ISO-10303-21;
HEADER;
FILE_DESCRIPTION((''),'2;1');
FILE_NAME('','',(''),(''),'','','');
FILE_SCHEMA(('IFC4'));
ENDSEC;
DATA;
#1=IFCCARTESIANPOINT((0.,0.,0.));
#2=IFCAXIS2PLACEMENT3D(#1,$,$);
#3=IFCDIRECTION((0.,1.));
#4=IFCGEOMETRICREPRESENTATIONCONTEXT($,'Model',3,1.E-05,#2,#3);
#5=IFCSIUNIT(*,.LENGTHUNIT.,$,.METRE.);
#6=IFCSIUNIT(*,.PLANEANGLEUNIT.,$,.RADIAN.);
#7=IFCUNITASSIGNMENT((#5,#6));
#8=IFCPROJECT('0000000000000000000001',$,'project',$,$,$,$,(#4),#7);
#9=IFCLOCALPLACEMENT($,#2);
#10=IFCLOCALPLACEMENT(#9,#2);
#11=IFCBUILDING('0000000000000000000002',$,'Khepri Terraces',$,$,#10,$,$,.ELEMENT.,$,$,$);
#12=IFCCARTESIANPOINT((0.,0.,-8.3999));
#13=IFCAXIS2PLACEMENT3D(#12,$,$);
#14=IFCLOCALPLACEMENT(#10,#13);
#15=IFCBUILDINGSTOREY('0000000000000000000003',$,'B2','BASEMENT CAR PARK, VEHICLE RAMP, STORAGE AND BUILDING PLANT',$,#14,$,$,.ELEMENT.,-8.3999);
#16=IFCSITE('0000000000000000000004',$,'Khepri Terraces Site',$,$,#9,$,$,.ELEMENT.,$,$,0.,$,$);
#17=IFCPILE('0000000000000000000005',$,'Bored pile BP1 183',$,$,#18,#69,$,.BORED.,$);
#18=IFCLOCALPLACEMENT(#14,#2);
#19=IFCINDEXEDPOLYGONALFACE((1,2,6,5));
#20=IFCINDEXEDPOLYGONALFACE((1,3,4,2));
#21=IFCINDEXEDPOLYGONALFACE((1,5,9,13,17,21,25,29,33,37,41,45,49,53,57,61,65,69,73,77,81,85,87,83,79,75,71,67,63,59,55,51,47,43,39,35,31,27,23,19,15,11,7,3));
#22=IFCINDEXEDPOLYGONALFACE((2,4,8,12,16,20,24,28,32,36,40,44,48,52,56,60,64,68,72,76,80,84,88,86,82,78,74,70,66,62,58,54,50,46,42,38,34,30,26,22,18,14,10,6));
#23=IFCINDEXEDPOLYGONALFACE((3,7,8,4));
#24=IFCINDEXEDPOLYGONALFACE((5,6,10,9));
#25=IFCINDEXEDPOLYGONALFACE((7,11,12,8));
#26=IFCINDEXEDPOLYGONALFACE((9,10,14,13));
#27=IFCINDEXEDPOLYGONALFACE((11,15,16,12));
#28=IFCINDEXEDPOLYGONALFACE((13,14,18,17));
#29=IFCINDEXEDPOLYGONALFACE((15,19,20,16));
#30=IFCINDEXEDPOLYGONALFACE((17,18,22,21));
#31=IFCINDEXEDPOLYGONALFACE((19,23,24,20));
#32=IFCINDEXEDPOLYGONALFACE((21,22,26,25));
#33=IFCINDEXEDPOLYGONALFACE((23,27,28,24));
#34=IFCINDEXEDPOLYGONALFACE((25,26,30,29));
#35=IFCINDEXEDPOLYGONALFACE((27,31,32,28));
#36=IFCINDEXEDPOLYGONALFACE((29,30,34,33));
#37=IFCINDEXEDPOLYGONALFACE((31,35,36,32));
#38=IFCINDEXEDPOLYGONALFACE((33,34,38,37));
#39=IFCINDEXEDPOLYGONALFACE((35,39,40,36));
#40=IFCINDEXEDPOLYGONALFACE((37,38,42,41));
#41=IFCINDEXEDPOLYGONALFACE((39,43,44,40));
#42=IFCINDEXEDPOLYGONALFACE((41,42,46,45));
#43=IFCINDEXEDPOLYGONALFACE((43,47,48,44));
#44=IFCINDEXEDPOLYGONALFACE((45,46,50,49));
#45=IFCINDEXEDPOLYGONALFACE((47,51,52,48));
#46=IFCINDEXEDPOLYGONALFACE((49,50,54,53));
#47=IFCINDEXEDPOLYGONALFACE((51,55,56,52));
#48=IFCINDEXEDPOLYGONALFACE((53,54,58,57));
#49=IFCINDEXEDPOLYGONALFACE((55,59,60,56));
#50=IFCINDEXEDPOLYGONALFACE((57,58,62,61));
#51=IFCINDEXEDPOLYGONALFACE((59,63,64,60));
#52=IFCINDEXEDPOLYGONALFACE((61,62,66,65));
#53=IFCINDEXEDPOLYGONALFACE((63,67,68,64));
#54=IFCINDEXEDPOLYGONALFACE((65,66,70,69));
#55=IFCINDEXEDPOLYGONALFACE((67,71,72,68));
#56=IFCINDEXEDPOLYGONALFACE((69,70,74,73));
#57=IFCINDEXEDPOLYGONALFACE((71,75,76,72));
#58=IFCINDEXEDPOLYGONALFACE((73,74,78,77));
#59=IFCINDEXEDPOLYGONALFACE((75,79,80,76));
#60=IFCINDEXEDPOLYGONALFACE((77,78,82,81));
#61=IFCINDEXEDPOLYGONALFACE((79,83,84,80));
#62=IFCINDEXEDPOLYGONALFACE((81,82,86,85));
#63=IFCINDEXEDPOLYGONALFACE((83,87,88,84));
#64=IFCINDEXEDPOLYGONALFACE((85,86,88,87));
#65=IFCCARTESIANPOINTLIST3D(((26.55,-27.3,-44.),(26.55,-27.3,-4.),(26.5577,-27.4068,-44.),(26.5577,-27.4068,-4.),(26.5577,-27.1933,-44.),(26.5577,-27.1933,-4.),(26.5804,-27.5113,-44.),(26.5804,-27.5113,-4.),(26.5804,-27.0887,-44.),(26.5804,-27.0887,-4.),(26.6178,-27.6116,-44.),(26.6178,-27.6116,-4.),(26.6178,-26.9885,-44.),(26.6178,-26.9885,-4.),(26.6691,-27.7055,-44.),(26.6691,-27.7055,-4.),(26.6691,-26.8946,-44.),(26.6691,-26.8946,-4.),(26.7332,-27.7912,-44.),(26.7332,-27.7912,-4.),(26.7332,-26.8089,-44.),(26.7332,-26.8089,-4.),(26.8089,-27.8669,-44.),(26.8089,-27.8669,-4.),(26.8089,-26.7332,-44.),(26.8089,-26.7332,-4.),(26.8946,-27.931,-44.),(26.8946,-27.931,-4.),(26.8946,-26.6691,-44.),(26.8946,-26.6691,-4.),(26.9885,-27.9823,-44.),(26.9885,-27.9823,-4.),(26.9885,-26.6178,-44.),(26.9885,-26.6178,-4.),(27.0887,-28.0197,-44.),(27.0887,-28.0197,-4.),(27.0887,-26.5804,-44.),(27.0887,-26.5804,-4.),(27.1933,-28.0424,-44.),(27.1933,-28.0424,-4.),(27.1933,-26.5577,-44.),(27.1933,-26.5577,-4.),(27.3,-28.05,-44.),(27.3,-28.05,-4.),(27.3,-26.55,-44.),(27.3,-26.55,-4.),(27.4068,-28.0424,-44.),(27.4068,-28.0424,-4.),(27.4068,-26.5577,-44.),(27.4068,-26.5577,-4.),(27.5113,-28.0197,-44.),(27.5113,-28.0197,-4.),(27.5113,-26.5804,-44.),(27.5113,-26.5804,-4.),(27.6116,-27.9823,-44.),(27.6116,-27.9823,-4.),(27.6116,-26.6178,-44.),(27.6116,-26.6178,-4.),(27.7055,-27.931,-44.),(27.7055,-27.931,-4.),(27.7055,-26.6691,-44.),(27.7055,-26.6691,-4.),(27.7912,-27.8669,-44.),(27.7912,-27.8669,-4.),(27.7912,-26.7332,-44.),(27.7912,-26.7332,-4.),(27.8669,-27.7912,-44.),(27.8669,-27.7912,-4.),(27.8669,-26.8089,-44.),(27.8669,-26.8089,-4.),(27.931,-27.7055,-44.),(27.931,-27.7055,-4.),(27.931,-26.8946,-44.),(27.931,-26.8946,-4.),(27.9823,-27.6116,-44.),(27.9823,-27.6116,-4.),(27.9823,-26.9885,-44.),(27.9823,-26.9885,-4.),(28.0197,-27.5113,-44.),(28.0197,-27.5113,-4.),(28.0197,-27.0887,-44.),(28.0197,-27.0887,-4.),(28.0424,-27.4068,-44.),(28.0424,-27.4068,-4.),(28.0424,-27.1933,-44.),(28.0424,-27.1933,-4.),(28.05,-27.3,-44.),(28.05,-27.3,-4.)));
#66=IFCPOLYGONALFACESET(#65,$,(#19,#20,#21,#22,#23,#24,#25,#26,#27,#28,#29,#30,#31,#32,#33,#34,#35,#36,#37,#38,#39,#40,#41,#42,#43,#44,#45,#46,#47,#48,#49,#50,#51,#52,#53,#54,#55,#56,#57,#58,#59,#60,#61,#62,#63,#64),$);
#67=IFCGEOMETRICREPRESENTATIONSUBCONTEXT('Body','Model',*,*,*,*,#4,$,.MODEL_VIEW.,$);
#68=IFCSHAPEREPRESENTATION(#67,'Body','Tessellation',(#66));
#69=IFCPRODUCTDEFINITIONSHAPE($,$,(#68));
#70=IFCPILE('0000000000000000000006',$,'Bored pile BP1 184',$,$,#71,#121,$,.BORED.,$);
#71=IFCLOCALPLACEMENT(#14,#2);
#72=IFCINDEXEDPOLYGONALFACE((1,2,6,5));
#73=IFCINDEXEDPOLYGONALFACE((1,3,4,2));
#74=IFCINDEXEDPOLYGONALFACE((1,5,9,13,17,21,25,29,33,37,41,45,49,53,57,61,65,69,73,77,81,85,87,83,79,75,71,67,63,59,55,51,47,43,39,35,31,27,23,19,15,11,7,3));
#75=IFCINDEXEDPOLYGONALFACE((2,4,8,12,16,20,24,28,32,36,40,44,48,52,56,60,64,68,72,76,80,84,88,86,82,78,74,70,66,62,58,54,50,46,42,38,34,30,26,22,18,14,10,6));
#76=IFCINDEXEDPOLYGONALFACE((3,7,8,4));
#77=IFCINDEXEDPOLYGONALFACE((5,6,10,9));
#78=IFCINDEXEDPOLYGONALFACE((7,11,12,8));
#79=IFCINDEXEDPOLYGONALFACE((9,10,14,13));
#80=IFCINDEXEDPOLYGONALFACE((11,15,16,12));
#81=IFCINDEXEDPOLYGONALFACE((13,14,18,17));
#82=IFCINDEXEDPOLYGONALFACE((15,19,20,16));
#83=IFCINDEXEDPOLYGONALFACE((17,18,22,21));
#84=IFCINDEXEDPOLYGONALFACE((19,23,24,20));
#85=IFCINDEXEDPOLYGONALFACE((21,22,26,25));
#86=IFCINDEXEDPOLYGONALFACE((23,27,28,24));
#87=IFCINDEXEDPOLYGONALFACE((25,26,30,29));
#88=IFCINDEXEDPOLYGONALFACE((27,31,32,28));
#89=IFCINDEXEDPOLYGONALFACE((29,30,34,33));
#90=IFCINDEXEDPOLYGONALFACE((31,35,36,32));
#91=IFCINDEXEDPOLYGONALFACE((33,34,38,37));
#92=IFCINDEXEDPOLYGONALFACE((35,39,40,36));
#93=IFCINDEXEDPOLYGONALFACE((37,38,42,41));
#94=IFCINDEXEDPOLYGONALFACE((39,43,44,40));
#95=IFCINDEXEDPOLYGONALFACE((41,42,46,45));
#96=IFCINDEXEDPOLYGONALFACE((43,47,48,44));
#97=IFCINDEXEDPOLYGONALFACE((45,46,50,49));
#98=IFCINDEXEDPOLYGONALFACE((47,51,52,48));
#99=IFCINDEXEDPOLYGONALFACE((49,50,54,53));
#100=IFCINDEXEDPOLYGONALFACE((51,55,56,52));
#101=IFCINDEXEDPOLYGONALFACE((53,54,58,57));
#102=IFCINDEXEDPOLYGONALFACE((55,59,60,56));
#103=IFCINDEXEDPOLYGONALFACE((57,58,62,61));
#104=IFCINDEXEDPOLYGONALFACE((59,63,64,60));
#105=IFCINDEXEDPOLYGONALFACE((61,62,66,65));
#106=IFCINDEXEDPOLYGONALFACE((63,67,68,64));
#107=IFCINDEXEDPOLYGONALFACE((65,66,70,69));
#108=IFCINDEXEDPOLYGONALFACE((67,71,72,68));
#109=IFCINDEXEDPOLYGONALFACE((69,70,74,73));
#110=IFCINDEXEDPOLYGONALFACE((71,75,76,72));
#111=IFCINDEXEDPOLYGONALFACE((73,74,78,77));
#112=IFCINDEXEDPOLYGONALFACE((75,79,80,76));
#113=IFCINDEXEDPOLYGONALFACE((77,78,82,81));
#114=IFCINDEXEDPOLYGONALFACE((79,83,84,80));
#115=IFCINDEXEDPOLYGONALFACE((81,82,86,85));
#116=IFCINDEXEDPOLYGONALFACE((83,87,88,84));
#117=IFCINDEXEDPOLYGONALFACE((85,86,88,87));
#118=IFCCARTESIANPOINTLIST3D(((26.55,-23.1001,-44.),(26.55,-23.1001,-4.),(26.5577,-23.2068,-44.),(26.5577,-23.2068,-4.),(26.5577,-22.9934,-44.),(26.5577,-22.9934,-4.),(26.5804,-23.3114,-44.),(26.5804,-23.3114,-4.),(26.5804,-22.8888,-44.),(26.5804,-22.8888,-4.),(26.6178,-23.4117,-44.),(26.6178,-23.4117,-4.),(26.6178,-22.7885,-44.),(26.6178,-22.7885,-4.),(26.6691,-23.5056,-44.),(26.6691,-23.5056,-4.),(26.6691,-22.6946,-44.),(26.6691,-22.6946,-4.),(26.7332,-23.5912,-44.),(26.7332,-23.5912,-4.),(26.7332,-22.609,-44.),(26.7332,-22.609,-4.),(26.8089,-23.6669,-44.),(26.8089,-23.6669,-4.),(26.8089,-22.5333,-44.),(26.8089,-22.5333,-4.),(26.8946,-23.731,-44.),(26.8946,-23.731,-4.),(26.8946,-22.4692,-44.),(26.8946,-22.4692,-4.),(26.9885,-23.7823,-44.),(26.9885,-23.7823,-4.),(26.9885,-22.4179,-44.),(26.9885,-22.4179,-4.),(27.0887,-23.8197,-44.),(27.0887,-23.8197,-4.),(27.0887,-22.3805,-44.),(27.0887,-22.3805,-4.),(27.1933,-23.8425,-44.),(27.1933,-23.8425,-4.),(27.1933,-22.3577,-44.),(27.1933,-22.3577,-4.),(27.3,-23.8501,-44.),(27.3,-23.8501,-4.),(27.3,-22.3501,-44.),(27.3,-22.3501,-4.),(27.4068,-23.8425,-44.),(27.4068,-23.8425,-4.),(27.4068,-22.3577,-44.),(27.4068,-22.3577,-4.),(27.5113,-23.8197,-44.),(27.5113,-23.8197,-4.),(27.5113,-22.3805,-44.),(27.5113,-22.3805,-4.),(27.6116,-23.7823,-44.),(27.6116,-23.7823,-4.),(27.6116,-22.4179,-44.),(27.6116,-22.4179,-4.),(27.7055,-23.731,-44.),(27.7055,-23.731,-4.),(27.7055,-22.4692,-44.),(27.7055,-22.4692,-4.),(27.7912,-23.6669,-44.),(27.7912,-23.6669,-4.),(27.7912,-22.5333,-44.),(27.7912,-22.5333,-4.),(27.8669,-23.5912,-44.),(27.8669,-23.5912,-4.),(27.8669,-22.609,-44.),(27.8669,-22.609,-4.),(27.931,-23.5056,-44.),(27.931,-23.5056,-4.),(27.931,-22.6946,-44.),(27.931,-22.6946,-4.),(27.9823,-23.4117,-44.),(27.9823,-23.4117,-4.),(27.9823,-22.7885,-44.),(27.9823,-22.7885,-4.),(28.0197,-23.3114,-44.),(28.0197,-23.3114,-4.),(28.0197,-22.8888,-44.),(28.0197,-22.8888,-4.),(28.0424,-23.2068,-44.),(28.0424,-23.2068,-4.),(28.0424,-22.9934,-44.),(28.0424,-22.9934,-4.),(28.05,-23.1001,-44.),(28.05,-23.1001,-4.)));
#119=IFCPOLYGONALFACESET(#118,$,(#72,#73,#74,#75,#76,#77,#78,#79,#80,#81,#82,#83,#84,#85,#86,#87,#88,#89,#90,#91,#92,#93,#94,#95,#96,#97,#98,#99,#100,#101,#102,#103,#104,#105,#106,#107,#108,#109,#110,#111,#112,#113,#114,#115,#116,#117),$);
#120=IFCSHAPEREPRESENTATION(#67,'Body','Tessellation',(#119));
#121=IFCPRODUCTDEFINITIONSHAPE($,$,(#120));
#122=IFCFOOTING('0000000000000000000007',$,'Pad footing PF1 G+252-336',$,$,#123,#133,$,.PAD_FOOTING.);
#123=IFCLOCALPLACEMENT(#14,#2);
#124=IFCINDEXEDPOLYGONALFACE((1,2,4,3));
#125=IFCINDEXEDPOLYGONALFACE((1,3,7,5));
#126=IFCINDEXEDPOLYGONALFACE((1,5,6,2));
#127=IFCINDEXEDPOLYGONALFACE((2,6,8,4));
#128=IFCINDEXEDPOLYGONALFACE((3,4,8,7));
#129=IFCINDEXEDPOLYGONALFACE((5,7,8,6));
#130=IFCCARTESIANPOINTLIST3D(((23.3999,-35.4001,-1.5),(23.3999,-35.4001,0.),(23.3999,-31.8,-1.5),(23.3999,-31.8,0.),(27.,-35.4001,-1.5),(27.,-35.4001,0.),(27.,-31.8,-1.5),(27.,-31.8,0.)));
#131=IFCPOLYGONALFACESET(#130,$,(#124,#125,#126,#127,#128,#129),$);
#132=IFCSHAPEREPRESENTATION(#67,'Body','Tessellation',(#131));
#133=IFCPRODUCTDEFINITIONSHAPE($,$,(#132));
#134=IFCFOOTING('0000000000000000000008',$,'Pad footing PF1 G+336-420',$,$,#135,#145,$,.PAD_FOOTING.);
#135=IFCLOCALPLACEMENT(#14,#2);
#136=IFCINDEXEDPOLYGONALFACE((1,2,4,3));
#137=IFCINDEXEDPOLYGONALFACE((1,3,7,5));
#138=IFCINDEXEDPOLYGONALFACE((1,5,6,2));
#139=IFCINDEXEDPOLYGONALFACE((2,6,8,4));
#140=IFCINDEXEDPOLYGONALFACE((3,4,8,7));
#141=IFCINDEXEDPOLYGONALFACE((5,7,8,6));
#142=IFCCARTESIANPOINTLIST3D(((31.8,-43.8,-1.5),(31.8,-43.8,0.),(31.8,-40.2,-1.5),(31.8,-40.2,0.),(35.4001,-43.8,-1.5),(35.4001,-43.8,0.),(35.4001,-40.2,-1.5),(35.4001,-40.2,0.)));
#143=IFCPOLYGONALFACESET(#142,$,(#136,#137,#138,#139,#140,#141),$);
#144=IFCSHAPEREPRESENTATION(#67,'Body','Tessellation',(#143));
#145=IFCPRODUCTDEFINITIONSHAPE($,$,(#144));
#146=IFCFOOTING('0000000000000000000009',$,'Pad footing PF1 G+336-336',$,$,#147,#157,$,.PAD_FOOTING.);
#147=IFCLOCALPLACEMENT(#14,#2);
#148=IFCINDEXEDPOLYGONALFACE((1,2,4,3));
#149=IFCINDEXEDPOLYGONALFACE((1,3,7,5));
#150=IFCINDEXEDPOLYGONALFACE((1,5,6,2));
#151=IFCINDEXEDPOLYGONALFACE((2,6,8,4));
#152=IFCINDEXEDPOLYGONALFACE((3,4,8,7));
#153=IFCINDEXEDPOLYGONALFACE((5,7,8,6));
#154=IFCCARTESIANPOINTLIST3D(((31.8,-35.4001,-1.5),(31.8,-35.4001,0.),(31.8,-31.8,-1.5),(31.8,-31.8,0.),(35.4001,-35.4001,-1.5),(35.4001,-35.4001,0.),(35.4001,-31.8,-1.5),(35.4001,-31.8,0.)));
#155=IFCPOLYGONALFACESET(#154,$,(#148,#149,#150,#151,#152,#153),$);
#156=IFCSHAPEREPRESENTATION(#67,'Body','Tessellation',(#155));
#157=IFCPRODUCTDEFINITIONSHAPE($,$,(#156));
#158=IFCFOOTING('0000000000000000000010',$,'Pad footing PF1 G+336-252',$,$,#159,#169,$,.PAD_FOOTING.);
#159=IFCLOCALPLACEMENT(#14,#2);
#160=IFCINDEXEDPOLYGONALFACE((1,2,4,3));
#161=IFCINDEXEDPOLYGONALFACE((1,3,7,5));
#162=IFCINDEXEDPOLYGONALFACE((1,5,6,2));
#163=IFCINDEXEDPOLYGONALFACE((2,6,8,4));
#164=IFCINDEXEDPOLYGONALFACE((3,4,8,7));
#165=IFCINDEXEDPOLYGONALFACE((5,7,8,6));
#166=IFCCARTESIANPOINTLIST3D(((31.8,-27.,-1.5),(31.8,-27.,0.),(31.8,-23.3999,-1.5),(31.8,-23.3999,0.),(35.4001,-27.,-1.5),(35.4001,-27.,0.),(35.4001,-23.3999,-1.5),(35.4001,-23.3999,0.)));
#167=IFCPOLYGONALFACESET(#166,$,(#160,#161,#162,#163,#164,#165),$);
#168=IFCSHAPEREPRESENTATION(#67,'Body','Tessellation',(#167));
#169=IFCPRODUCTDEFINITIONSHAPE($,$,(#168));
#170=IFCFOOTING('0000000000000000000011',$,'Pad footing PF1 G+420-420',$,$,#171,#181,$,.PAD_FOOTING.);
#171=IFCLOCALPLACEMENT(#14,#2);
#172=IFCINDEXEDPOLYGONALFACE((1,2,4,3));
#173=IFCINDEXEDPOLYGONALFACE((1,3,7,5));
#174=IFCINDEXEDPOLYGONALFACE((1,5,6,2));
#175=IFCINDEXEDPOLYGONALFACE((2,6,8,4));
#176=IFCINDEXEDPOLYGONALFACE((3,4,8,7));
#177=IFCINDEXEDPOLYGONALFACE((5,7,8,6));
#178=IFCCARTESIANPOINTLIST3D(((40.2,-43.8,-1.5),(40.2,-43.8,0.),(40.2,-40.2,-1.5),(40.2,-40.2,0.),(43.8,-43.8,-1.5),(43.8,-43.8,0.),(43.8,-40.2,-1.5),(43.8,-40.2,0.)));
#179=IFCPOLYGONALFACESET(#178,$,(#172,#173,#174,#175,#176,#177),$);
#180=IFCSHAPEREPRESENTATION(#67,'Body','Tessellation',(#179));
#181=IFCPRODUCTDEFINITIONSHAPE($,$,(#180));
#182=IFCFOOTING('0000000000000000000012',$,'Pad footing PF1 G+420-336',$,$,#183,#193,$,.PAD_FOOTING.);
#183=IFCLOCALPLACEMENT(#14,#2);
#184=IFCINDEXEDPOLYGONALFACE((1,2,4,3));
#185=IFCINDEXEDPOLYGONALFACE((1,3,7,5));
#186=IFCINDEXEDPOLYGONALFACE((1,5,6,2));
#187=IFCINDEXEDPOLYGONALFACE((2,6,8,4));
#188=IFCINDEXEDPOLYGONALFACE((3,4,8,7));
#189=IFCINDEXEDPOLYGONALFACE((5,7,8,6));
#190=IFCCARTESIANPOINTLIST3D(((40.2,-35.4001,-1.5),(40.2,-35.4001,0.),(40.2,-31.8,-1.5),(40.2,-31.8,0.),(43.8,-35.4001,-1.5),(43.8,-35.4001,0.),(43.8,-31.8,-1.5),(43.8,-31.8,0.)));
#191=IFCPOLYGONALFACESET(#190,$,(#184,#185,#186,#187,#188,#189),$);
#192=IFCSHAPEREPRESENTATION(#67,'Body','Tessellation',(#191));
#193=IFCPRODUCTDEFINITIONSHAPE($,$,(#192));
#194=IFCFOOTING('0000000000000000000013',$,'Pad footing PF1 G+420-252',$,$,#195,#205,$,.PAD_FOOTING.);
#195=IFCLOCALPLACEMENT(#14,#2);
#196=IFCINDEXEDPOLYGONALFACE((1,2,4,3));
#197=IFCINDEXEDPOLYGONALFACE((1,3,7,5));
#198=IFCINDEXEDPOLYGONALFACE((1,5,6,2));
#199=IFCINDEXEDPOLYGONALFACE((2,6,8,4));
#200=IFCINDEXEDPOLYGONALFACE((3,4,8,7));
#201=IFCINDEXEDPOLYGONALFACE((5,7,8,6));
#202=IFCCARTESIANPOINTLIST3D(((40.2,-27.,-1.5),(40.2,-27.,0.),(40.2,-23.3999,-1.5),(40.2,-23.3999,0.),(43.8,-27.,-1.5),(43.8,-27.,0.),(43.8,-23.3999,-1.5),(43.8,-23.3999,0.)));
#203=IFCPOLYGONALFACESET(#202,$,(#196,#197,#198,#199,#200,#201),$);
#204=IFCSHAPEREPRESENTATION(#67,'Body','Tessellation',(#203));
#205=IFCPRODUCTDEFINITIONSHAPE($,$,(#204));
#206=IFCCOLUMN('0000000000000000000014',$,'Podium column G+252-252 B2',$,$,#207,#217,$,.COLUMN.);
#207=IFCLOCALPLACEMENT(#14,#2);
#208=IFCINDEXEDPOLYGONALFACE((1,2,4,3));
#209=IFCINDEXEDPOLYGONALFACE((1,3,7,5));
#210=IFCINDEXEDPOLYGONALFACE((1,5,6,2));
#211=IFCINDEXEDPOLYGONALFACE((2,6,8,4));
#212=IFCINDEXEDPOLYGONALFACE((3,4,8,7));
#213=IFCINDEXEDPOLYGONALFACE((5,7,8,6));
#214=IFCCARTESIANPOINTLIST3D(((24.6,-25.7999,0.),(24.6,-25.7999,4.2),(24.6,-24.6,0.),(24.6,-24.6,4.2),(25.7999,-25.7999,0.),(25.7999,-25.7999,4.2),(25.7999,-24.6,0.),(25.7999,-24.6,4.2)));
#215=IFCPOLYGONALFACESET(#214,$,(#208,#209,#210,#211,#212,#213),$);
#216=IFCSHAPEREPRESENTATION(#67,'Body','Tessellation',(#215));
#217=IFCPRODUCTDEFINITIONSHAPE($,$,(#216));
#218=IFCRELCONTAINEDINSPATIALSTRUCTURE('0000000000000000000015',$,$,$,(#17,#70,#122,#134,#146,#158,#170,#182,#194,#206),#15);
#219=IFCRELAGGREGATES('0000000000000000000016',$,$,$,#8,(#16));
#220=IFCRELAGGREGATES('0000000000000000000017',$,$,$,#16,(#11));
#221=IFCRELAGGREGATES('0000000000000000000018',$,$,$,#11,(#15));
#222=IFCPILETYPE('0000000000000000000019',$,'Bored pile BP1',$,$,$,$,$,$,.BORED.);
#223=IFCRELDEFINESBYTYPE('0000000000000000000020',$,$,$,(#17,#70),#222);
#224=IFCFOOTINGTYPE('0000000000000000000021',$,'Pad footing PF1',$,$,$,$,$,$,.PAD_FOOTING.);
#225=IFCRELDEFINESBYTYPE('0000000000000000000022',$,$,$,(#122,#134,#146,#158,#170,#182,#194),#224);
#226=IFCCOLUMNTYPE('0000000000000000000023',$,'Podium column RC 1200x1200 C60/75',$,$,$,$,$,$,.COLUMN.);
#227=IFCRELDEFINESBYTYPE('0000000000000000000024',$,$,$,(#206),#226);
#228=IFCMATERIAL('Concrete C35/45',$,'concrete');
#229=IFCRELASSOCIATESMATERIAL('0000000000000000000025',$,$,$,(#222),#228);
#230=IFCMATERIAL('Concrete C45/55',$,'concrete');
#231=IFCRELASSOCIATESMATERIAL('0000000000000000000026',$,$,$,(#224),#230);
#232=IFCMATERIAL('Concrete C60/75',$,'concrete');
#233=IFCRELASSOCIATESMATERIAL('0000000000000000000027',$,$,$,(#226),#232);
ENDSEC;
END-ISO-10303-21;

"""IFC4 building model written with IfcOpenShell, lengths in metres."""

from ifc_helpers import new_model, si_unit, direction, frame, origin, origin_2d, place, context, subcontext, project, spatial, rectangle, circle, extrude, material, material_profile, profile_set, type_object, element, save


model = new_model("IFC4")

# Units and contexts
model_context = context("Model", 3, precision=1e-05, world=origin(), true_north=direction((0.0, 1.0)))
body_context = subcontext(model_context, "Body", "Model", "MODEL_VIEW")
ifc_project = project(units=[si_unit("LENGTHUNIT", "METRE"), si_unit("PLANEANGLEUNIT", "RADIAN")], contexts=[model_context])

# Site, building, storey
site_placement = place(None, origin())
site = spatial("IfcSite", under=ifc_project, at=site_placement, Name="Khepri Terraces Site", CompositionType="ELEMENT", RefElevation=0.0)
building_placement = place(site_placement, origin())
building = spatial("IfcBuilding", under=site, at=building_placement, Name="Khepri Terraces", CompositionType="ELEMENT")
storey_placement = place(building_placement, frame((0.0, 0.0, -8.3999)))
storey = spatial("IfcBuildingStorey", under=building, at=storey_placement, Name="B2", Description="BASEMENT CAR PARK, VEHICLE RAMP, STORAGE AND BUILDING PLANT", CompositionType="ELEMENT", Elevation=-8.3999)

# Piles
ifc_material_1 = material(Name="Concrete C35/45", Category="concrete")
ifc_material_profile_1 = material_profile(ifc_material_1, circle(Radius=0.75, at=origin_2d()), Name="Concrete C35/45", Category="concrete")
ifc_profile_set_1 = profile_set([ifc_material_profile_1], Name="Concrete C35/45")
pile_type = type_object("IfcPileType", Name="Bored pile BP1", PredefinedType="BORED", material=ifc_profile_set_1)
for number, where, z_axis, x_axis, name in (
    (1, (27.3, -27.3, -4.0), (0.0, 0.0, -1.0), (1.0, 0.0, 0.0), "Bored pile BP1 183"),
    (2, (27.3, -23.1001, -4.0), (0.0, 0.0, -1.0), (1.0, 0.0, 0.0), "Bored pile BP1 184"),
):
    element("IfcPile", number, at=place(storey_placement, frame(where, z_axis=z_axis, x_axis=x_axis)), inside=storey, type_object=pile_type, Name=name, PredefinedType="BORED", context=body_context, shape_type="SweptSolid", body=[
        extrude(circle(Radius=0.75, at=origin_2d()), origin(), (0.0, 0.0, 1.0), 40.0),
    ])

# Footings
ifc_material_2 = material(Name="Concrete C45/55", Category="concrete")
footing_type = type_object("IfcFootingType", Name="Pad footing PF1", PredefinedType="PAD_FOOTING", material=ifc_material_2)
for number, where, z_axis, x_axis, name in (
    (3, (25.2, -33.6001, -1.5), (0.0, 0.0, 1.0), (1.0, 0.0, 0.0), "Pad footing PF1 G+252-336"),
    (4, (33.6001, -42.0, -1.5), (0.0, 0.0, 1.0), (1.0, 0.0, 0.0), "Pad footing PF1 G+336-420"),
    (5, (33.6001, -33.6001, -1.5), (0.0, 0.0, 1.0), (1.0, 0.0, 0.0), "Pad footing PF1 G+336-336"),
    (6, (33.6001, -25.2, -1.5), (0.0, 0.0, 1.0), (1.0, 0.0, 0.0), "Pad footing PF1 G+336-252"),
    (7, (42.0, -42.0, -1.5), (0.0, 0.0, 1.0), (1.0, 0.0, 0.0), "Pad footing PF1 G+420-420"),
    (8, (42.0, -33.6001, -1.5), (0.0, 0.0, 1.0), (1.0, 0.0, 0.0), "Pad footing PF1 G+420-336"),
    (9, (42.0, -25.2, -1.5), (0.0, 0.0, 1.0), (1.0, 0.0, 0.0), "Pad footing PF1 G+420-252"),
):
    element("IfcFooting", number, at=place(storey_placement, frame(where, z_axis=z_axis, x_axis=x_axis)), inside=storey, type_object=footing_type, Name=name, PredefinedType="PAD_FOOTING", context=body_context, shape_type="SweptSolid", body=[
        extrude(rectangle(XDim=3.6001, YDim=3.6001, at=origin_2d()), origin(), (0.0, 0.0, 1.0), 1.5),
    ])

# Column
ifc_material_3 = material(Name="Concrete C60/75", Category="concrete")
ifc_material_profile_2 = material_profile(ifc_material_3, rectangle(XDim=1.2, YDim=1.2, at=origin_2d()), Name="Concrete C60/75", Category="concrete")
ifc_profile_set_2 = profile_set([ifc_material_profile_2], Name="Concrete C60/75")
column_type = type_object("IfcColumnType", Name="Podium column RC 1200x1200 C60/75", PredefinedType="COLUMN", material=ifc_profile_set_2)
for number, where, z_axis, x_axis, name in (
    (10, (25.2, -25.2, 0.0), (0.0, 0.0, 1.0), (1.0, 0.0, 0.0), "Podium column G+252-252 B2"),
):
    element("IfcColumn", number, at=place(storey_placement, frame(where, z_axis=z_axis, x_axis=x_axis)), inside=storey, type_object=column_type, Name=name, PredefinedType="COLUMN", context=body_context, shape_type="SweptSolid", body=[
        extrude(rectangle(XDim=1.2, YDim=1.2, at=origin_2d()), origin(), (0.0, 0.0, 1.0), 4.2),
    ])

save(model, "model.ifc")
